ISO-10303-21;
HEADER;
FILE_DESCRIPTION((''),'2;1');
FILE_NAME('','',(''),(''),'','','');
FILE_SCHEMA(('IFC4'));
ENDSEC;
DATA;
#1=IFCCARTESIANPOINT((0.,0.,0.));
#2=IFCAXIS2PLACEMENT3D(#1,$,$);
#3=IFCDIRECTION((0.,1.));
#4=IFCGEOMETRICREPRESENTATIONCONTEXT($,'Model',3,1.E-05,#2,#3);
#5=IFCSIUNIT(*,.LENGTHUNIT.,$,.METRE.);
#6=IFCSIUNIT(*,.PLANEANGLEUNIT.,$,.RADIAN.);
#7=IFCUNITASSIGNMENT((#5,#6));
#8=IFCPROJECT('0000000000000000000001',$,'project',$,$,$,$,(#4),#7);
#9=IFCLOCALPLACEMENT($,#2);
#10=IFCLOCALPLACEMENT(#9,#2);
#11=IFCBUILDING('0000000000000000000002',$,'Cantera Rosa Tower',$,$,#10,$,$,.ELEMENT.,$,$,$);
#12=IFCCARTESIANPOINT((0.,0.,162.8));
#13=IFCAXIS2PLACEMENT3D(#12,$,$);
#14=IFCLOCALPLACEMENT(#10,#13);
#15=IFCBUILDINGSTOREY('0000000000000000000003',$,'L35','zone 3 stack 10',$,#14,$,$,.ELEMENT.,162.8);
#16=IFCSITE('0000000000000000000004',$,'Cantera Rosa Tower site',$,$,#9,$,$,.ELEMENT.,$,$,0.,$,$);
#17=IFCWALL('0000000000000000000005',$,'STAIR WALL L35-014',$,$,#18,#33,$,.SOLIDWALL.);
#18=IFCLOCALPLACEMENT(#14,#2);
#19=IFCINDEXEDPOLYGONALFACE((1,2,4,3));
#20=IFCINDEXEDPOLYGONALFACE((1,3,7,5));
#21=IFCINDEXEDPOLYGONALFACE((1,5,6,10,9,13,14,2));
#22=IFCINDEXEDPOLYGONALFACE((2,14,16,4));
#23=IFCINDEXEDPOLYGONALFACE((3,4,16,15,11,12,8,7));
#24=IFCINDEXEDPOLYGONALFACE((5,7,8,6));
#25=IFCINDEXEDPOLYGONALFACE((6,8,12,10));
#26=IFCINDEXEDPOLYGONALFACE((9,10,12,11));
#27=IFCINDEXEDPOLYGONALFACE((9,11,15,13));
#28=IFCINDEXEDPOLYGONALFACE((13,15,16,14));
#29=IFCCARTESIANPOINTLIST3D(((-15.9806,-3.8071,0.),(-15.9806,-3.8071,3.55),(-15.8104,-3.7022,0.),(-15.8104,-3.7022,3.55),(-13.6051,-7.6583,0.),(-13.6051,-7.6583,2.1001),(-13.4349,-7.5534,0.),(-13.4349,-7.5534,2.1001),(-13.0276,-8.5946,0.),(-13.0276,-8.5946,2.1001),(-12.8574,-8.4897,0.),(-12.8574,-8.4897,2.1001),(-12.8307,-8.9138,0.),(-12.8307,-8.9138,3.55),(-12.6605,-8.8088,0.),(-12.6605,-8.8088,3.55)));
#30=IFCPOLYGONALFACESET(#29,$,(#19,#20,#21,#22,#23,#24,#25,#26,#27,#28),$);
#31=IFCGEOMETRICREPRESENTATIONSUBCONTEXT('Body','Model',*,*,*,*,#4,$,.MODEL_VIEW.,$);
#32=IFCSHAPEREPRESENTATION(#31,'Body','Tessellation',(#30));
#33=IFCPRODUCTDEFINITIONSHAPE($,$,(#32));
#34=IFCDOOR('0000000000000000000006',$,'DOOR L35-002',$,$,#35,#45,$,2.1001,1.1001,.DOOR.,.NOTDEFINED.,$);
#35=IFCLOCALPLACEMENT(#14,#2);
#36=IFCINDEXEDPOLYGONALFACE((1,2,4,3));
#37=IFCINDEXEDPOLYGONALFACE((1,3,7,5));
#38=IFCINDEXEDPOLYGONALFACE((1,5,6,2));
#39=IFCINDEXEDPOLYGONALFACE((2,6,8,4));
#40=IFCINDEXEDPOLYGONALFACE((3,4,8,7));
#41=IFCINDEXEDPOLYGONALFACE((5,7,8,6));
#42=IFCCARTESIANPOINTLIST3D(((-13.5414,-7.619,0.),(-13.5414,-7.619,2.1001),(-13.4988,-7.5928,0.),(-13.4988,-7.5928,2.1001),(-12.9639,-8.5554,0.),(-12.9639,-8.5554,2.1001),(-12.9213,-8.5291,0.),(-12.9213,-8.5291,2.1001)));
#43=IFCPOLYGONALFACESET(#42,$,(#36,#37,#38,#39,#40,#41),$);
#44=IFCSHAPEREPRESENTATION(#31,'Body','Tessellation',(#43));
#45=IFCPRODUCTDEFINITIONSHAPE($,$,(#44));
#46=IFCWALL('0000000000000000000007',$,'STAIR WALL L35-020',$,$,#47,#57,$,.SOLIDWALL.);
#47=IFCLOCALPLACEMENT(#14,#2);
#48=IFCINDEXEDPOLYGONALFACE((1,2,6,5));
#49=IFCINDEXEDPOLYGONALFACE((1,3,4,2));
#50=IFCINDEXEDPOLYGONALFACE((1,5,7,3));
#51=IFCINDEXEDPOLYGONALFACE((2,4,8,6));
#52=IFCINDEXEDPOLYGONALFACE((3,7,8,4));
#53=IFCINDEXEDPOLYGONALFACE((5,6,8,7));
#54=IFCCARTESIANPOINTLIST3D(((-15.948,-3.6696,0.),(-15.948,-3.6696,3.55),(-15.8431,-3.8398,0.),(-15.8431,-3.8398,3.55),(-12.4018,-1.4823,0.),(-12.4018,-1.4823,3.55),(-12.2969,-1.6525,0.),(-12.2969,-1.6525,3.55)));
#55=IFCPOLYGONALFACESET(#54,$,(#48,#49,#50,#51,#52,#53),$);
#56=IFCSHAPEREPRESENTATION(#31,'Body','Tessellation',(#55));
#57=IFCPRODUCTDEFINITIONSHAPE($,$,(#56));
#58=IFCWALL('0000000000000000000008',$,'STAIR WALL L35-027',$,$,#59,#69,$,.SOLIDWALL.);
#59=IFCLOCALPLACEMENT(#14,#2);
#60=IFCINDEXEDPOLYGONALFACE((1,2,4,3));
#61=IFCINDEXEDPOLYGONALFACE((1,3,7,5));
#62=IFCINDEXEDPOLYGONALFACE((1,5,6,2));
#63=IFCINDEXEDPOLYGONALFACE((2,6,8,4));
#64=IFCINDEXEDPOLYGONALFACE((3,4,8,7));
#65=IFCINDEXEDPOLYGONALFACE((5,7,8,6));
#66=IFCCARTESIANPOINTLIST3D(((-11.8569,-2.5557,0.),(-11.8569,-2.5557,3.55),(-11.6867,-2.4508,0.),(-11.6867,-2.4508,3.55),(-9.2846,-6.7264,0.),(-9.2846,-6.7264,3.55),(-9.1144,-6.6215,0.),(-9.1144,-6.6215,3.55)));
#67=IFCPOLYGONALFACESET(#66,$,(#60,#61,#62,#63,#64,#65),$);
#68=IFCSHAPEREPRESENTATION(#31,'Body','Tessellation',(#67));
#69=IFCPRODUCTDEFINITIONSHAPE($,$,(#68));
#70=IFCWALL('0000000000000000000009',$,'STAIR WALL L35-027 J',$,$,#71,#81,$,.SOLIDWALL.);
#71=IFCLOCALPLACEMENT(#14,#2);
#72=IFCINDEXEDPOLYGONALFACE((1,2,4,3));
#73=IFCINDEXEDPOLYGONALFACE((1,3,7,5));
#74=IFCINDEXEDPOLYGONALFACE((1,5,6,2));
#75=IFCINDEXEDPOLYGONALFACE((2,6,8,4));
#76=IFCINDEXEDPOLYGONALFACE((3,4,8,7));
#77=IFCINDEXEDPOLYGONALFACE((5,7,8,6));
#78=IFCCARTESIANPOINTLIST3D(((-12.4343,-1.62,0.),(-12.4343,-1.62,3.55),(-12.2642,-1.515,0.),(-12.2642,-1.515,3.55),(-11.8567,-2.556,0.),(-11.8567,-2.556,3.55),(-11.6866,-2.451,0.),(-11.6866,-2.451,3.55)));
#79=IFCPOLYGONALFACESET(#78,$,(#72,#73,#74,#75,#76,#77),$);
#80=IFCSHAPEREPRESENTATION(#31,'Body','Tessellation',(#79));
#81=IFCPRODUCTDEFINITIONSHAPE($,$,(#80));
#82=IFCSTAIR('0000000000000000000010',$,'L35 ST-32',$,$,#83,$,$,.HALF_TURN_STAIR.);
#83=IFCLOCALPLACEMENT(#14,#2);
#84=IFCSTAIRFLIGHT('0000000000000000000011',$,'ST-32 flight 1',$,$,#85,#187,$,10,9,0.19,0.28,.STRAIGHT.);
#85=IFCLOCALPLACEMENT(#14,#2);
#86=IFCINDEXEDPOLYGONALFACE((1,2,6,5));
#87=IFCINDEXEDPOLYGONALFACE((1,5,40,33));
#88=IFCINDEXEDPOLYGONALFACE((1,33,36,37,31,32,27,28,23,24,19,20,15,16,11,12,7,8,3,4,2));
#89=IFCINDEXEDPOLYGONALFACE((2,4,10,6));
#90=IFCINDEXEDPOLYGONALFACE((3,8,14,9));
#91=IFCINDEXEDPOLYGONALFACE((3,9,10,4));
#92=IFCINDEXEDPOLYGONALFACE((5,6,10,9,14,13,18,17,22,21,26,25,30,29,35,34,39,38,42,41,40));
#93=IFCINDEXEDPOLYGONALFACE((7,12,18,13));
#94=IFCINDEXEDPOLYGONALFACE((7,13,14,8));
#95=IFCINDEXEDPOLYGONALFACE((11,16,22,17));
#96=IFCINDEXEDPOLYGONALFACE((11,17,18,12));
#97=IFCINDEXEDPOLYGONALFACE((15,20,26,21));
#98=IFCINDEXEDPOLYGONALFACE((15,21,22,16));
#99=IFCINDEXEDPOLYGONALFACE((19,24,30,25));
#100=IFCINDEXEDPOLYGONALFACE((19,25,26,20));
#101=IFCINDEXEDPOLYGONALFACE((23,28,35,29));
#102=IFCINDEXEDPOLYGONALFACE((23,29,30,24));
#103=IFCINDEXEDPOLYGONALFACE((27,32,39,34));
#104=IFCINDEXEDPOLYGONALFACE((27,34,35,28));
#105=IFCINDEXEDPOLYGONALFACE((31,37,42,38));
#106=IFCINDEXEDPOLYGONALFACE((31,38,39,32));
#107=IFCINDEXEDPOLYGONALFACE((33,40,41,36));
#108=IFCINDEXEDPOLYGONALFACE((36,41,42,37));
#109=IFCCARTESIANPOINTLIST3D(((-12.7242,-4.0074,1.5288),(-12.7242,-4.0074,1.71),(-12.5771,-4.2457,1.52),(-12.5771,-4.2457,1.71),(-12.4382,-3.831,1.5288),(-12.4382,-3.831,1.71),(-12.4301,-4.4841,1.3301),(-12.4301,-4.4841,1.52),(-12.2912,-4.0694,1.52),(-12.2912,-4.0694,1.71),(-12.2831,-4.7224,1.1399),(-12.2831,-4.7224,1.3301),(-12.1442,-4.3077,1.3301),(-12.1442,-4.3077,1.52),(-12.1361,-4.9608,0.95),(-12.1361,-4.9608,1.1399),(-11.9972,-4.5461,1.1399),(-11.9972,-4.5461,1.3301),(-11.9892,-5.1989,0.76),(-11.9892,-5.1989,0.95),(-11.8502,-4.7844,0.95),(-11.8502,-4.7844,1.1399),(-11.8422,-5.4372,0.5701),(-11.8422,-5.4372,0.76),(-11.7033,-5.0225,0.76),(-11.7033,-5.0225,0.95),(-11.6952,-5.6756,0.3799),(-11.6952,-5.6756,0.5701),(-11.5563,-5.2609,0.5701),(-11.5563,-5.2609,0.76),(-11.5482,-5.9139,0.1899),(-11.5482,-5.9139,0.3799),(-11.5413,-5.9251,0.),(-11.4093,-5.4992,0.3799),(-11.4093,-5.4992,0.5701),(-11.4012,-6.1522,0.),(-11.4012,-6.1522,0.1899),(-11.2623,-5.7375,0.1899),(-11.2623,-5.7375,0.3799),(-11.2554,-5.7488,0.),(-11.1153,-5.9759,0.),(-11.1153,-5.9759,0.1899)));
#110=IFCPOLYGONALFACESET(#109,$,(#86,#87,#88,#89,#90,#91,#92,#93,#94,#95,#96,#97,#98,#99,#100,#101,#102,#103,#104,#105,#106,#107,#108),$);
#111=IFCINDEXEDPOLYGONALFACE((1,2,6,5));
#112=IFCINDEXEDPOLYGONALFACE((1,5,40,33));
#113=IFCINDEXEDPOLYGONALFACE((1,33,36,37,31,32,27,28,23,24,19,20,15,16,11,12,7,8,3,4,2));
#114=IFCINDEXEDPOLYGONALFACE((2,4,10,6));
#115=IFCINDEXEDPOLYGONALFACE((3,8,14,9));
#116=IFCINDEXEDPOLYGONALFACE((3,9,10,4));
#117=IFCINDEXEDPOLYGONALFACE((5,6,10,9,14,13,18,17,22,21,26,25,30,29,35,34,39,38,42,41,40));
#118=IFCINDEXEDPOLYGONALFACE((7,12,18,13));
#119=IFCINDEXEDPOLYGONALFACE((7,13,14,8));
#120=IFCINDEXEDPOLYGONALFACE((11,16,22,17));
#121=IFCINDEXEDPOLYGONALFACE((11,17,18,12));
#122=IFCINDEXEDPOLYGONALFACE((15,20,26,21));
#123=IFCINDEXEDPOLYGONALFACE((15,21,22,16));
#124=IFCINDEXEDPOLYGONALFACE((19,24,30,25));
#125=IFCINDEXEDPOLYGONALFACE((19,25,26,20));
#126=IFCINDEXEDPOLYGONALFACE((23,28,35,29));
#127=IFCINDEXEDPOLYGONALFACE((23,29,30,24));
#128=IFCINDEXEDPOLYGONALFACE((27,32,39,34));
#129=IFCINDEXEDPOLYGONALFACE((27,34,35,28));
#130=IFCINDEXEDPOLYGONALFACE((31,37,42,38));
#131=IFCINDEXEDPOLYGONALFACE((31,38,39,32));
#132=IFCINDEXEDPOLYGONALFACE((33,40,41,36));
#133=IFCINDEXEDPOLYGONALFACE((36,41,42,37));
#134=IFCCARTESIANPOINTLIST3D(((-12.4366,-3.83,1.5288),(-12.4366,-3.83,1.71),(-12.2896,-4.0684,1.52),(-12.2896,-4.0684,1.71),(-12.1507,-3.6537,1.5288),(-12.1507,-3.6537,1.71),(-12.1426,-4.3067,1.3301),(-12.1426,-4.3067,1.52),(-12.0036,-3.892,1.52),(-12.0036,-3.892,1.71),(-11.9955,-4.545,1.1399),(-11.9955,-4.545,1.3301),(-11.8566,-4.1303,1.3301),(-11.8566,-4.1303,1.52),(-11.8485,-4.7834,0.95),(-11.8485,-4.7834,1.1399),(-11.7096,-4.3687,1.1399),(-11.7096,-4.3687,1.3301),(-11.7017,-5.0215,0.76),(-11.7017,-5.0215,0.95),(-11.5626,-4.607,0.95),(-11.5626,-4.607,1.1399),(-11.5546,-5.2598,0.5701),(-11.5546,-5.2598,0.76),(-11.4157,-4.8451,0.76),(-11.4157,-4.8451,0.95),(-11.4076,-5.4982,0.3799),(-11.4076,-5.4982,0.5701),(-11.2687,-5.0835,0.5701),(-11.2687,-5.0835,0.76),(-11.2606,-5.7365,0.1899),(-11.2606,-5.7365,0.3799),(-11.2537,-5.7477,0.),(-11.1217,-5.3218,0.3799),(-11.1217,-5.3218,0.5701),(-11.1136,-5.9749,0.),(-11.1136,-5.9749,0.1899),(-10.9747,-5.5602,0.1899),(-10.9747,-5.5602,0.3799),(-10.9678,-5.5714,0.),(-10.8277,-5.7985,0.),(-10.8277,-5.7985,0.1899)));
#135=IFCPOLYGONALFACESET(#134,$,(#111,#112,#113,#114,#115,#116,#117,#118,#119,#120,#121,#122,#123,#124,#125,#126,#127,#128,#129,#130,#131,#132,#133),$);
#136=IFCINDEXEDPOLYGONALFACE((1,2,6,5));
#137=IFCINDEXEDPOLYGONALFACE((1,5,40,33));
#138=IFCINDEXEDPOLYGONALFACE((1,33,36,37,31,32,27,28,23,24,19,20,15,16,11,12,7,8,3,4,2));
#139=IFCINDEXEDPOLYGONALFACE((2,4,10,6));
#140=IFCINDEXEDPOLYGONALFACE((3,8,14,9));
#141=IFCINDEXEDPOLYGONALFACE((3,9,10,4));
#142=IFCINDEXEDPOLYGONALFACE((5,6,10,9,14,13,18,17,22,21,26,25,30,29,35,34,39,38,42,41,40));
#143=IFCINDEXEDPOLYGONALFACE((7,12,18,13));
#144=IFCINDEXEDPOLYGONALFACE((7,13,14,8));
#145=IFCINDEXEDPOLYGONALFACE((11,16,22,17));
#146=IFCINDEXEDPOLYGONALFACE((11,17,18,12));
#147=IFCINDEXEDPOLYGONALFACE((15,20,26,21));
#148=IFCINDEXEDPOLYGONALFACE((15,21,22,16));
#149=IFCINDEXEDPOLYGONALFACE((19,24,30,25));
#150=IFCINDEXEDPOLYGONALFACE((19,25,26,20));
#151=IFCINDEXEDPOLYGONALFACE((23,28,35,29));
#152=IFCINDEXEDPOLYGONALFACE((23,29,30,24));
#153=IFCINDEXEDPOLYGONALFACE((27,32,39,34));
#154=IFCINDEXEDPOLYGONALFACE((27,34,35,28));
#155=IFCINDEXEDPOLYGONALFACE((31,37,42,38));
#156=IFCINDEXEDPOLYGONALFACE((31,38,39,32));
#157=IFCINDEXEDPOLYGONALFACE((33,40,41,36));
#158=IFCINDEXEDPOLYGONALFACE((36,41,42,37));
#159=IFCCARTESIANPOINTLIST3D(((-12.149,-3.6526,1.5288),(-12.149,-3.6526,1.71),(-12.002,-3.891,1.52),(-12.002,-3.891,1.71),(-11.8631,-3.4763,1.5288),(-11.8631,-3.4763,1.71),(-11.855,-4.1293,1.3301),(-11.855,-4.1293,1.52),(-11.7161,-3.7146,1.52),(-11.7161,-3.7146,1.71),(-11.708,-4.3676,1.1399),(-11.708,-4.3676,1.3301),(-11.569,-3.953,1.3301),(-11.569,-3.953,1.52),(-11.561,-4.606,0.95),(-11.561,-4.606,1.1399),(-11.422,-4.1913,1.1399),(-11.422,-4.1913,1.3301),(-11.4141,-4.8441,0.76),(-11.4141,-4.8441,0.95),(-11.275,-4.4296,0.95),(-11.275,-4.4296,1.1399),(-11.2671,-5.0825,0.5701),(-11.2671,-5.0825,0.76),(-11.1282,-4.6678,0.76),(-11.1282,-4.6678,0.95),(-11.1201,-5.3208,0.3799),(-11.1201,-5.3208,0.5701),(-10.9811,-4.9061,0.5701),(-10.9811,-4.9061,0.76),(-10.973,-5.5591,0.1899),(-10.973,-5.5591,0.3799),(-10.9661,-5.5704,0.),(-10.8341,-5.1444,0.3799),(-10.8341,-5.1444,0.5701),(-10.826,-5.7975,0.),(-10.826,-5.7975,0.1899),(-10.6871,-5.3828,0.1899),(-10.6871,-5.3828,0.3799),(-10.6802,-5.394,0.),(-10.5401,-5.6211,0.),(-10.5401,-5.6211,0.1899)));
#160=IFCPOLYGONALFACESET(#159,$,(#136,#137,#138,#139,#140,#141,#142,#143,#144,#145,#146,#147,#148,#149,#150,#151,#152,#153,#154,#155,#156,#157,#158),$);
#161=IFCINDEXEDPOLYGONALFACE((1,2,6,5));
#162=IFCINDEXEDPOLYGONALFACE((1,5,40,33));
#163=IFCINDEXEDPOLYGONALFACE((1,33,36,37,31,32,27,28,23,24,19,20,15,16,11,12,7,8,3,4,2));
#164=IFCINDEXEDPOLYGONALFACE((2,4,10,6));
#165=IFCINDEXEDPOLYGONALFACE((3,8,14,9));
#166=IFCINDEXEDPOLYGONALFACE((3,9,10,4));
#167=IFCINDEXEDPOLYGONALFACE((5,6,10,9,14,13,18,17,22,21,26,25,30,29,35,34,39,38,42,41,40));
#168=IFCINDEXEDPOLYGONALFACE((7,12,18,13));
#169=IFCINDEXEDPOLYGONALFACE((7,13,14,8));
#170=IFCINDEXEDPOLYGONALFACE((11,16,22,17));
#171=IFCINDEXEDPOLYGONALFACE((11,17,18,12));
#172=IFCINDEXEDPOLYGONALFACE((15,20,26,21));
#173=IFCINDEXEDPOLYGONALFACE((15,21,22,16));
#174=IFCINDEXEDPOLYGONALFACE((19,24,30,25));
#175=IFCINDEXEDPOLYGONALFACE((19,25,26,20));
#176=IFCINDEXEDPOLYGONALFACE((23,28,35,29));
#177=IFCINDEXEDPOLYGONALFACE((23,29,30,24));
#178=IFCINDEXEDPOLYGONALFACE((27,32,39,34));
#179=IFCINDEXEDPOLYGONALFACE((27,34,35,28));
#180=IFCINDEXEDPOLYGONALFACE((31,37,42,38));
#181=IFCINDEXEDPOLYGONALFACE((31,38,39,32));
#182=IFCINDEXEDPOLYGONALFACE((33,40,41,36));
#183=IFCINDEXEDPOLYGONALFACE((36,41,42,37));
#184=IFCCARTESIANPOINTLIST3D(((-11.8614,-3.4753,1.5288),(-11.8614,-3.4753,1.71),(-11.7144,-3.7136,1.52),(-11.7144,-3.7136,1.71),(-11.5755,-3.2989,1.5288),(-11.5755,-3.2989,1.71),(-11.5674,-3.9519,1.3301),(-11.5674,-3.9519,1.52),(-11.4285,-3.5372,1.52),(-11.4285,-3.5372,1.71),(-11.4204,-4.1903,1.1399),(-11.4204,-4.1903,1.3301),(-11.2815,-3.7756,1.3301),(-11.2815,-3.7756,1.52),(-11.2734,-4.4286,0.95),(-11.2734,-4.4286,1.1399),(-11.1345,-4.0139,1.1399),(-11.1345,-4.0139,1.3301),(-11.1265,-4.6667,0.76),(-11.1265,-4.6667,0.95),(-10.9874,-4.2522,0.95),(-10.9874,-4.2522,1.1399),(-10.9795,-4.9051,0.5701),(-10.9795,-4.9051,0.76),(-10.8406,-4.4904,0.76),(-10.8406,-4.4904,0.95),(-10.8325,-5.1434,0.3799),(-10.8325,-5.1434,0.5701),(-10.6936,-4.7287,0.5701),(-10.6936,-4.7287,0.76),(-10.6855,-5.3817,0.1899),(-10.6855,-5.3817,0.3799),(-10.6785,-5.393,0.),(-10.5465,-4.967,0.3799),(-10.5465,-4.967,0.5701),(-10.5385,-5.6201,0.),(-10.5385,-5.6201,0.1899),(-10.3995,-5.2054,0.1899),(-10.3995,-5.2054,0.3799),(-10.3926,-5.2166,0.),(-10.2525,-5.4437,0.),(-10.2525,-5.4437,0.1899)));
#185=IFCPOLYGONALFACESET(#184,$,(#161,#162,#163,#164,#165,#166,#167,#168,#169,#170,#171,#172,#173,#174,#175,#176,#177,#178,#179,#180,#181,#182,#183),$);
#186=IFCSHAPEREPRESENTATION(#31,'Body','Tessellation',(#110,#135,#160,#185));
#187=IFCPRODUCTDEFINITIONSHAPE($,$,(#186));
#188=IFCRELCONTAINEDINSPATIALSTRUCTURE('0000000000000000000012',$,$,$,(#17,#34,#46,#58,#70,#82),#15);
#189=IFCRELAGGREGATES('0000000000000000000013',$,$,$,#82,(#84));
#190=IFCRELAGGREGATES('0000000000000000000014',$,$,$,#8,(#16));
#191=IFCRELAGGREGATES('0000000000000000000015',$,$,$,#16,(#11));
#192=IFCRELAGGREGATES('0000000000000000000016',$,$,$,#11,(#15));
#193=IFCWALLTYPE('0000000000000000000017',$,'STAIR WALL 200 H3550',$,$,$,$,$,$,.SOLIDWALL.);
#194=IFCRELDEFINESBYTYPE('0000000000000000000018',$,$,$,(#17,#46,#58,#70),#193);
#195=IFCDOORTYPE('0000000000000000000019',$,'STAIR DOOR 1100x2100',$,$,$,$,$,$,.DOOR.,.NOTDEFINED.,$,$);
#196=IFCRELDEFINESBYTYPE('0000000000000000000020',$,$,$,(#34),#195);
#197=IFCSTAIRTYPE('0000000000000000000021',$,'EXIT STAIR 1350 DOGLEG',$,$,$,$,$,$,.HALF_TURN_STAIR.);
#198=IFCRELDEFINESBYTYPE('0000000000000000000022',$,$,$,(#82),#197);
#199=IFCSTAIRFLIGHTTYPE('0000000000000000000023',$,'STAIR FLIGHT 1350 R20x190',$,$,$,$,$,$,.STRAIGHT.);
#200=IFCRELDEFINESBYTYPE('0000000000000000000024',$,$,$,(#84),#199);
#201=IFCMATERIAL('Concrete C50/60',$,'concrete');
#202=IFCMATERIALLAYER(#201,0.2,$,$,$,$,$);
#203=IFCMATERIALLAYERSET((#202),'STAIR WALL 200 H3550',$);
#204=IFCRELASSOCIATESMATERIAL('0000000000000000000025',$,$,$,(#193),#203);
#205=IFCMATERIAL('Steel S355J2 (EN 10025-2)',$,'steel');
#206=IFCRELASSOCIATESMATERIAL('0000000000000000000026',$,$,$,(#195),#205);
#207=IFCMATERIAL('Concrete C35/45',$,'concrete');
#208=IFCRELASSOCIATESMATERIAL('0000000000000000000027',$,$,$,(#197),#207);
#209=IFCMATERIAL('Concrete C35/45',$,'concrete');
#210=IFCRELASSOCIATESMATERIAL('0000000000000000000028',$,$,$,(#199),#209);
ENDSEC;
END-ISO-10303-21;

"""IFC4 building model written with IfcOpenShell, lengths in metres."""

from ifc_helpers import new_model, si_unit, direction, frame, frame_2d, origin, place, context, subcontext, project, spatial, polyline, rectangle, outline, extrude, material, layer, layer_set, type_object, element, fill, aggregate, save


model = new_model("IFC4")

# Units and contexts
model_context = context("Model", 3, precision=1e-05, world=origin(), true_north=direction((0.0, 1.0)))
body_context = subcontext(model_context, "Body", "Model", "MODEL_VIEW")
ifc_project = project(units=[si_unit("LENGTHUNIT", "METRE"), si_unit("PLANEANGLEUNIT", "RADIAN")], contexts=[model_context])

# Site, building, storey
site_placement = place(None, origin())
site = spatial("IfcSite", under=ifc_project, at=site_placement, Name="Cantera Rosa Tower site", CompositionType="ELEMENT", RefElevation=0.0)
building_placement = place(site_placement, origin())
building = spatial("IfcBuilding", under=site, at=building_placement, Name="Cantera Rosa Tower", CompositionType="ELEMENT")
storey_placement = place(building_placement, frame((0.0, 0.0, 162.8)))
storey = spatial("IfcBuildingStorey", under=building, at=storey_placement, Name="L35", Description="zone 3 stack 10", CompositionType="ELEMENT", Elevation=162.8)

# Wall, opening, door
ifc_material_1 = material(Name="Concrete C50/60", Category="concrete")
ifc_layer_1 = layer(ifc_material_1, 0.2)
ifc_layer_set_1 = layer_set([ifc_layer_1], Name="STAIR WALL 200 H3550")
wall_type_1 = type_object("IfcWallType", Name="STAIR WALL 200 H3550", PredefinedType="SOLIDWALL", material=ifc_layer_set_1)
wall_1_placement = place(storey_placement, frame((-15.8955, -3.7546, 0.0), z_axis=(0.0, 0.0, 1.0), x_axis=(0.524983, -0.851113, 0.0)))
wall_1 = element("IfcWall", 1, at=wall_1_placement, inside=storey, type_object=wall_type_1, Name="STAIR WALL L35-014", PredefinedType="SOLIDWALL", context=body_context, shape_type="SweptSolid", body=[
    extrude(rectangle(XDim=6.0, YDim=0.2, at=frame_2d((3.0, 0.0))), origin(), (0.0, 0.0, 1.0), 3.55),
])
opening_placement = place(wall_1_placement, frame((4.5249, 0.0, 0.0)))
opening = element("IfcOpeningElement", 2, at=opening_placement, cuts=wall_1, PredefinedType="OPENING", context=body_context, shape_type="SweptSolid", body=[
    extrude(rectangle(XDim=1.1001, YDim=2.1001, at=frame_2d((0.55, 1.05))), frame((0.0, 0.1099, 0.0), z_axis=(0.0, -1.0, 0.0), x_axis=(1.0, 0.0, 0.0)), (0.0, 0.0, 1.0), 0.22),
])
ifc_material_2 = material(Name="Steel S355J2 (EN 10025-2)", Category="steel")
door_type = type_object("IfcDoorType", Name="STAIR DOOR 1100x2100", OperationType="NOTDEFINED", PredefinedType="DOOR", material=ifc_material_2)
door_placement = place(opening_placement, origin())
door = element("IfcDoor", 3, at=door_placement, inside=storey, type_object=door_type, Name="DOOR L35-002", OperationType="NOTDEFINED", OverallHeight=2.1001, OverallWidth=1.1001, PredefinedType="DOOR", context=body_context, shape_type="SweptSolid", body=[
    extrude(rectangle(XDim=1.1001, YDim=2.1001, at=frame_2d((0.55, 1.05))), frame((0.0, 0.0249, 0.0), z_axis=(0.0, -1.0, 0.0), x_axis=(1.0, 0.0, 0.0)), (0.0, 0.0, 1.0), 0.05),
])
fill(opening, door)

# Walls
wall_2_placement = place(storey_placement, frame((-12.3494, -1.5674, 0.0), z_axis=(0.0, 0.0, 1.0), x_axis=(-0.851121, -0.52497, 0.0)))
element("IfcWall", 4, at=wall_2_placement, inside=storey, type_object=wall_type_1, Name="STAIR WALL L35-020", PredefinedType="SOLIDWALL", context=body_context, shape_type="SweptSolid", body=[
    extrude(rectangle(XDim=4.1665, YDim=0.2, at=frame_2d((2.0833, 0.0))), origin(), (0.0, 0.0, 1.0), 3.55),
])
wall_3_placement = place(storey_placement, frame((-9.1995, -6.6741, 0.0), z_axis=(0.0, 0.0, 1.0), x_axis=(-0.524942, 0.851138, 0.0)))
element("IfcWall", 5, at=wall_3_placement, inside=storey, type_object=wall_type_1, Name="STAIR WALL L35-027", PredefinedType="SOLIDWALL", context=body_context, shape_type="SweptSolid", body=[
    extrude(rectangle(XDim=4.9001, YDim=0.2, at=frame_2d((2.4502, 0.0))), origin(), (0.0, 0.0, 1.0), 3.55),
])
wall_4_placement = place(storey_placement, frame((-11.7717, -2.5034, 0.0), z_axis=(0.0, 0.0, 1.0), x_axis=(-0.525162, 0.851002, 0.0)))
element("IfcWall", 6, at=wall_4_placement, inside=storey, type_object=wall_type_1, Name="STAIR WALL L35-027 J", PredefinedType="SOLIDWALL", context=body_context, shape_type="SweptSolid", body=[
    extrude(rectangle(XDim=1.0999, YDim=0.2, at=frame_2d((0.5498, 0.0))), origin(), (0.0, 0.0, 1.0), 3.55),
])

# Stair, stair flight
ifc_material_3 = material(Name="Concrete C35/45", Category="concrete")
stair_type = type_object("IfcStairType", Name="EXIT STAIR 1350 DOGLEG", PredefinedType="HALF_TURN_STAIR", material=ifc_material_3)
stair_placement = place(storey_placement, origin())
stair = element("IfcStair", 7, at=stair_placement, inside=storey, type_object=stair_type, Name="L35 ST-32", PredefinedType="HALF_TURN_STAIR")
ifc_material_4 = material(Name="Concrete C35/45", Category="concrete")
stair_flight_type = type_object("IfcStairFlightType", Name="STAIR FLIGHT 1350 R20x190", PredefinedType="STRAIGHT", material=ifc_material_4)
stair_flight_1_placement = place(storey_placement, frame((-10.8267, -5.7979, 0.0), z_axis=(0.0, 0.0, 1.0), x_axis=(-0.524977, 0.851117, 0.0)))
stair_flight_1 = element("IfcStairFlight", 8, at=stair_flight_1_placement, type_object=stair_flight_type, Name="ST-32 flight 1", NumberOfRisers=10, NumberOfTreads=9, PredefinedType="STRAIGHT", RiserHeight=0.19, TreadLength=0.28, context=body_context, shape_type="SweptSolid", body=[
    extrude(outline(polyline([(0.0, 0.0), (0.0, 0.1899), (0.28, 0.1899), (0.28, 0.3799), (0.5601, 0.3799), (0.5601, 0.5701), (0.8401, 0.5701), (0.8401, 0.76), (1.1201, 0.76), (1.1201, 0.95), (1.3999, 0.95), (1.3999, 1.1399), (1.6799, 1.1399), (1.6799, 1.3301), (1.96, 1.3301), (1.96, 1.52), (2.24, 1.52), (2.24, 1.71), (2.52, 1.71), (2.52, 1.8999), (2.52, 1.5288), (0.2668, 0.0), (0.0, 0.0)])), frame((0.0, 0.675, 0.0), z_axis=(0.0, -1.0, 0.0), x_axis=(1.0, 0.0, 0.0)), (0.0, 0.0, 1.0), 0.3359),
    extrude(outline(polyline([(0.0, 0.0), (0.0, 0.1899), (0.28, 0.1899), (0.28, 0.3799), (0.5601, 0.3799), (0.5601, 0.5701), (0.8401, 0.5701), (0.8401, 0.76), (1.1201, 0.76), (1.1201, 0.95), (1.3999, 0.95), (1.3999, 1.1399), (1.6799, 1.1399), (1.6799, 1.3301), (1.96, 1.3301), (1.96, 1.52), (2.24, 1.52), (2.24, 1.71), (2.52, 1.71), (2.52, 1.8999), (2.52, 1.5288), (0.2668, 0.0), (0.0, 0.0)])), frame((0.0, 0.3372, 0.0), z_axis=(0.0, -1.0, 0.0), x_axis=(1.0, 0.0, 0.0)), (0.0, 0.0, 1.0), 0.3359),
    extrude(outline(polyline([(0.0, 0.0), (0.0, 0.1899), (0.28, 0.1899), (0.28, 0.3799), (0.5601, 0.3799), (0.5601, 0.5701), (0.8401, 0.5701), (0.8401, 0.76), (1.1201, 0.76), (1.1201, 0.95), (1.3999, 0.95), (1.3999, 1.1399), (1.6799, 1.1399), (1.6799, 1.3301), (1.96, 1.3301), (1.96, 1.52), (2.24, 1.52), (2.24, 1.71), (2.52, 1.71), (2.52, 1.8999), (2.52, 1.5288), (0.2668, 0.0), (0.0, 0.0)])), frame((0.0, -0.0007, 0.0), z_axis=(0.0, -1.0, 0.0), x_axis=(1.0, 0.0, 0.0)), (0.0, 0.0, 1.0), 0.3359),
    extrude(outline(polyline([(0.0, 0.0), (0.0, 0.1899), (0.28, 0.1899), (0.28, 0.3799), (0.5601, 0.3799), (0.5601, 0.5701), (0.8401, 0.5701), (0.8401, 0.76), (1.1201, 0.76), (1.1201, 0.95), (1.3999, 0.95), (1.3999, 1.1399), (1.6799, 1.1399), (1.6799, 1.3301), (1.96, 1.3301), (1.96, 1.52), (2.24, 1.52), (2.24, 1.71), (2.52, 1.71), (2.52, 1.8999), (2.52, 1.5288), (0.2668, 0.0), (0.0, 0.0)])), frame((0.0, -0.3386, 0.0), z_axis=(0.0, -1.0, 0.0), x_axis=(1.0, 0.0, 0.0)), (0.0, 0.0, 1.0), 0.3359),
])
aggregate(stair, [stair_flight_1])

save(model, "model.ifc")
